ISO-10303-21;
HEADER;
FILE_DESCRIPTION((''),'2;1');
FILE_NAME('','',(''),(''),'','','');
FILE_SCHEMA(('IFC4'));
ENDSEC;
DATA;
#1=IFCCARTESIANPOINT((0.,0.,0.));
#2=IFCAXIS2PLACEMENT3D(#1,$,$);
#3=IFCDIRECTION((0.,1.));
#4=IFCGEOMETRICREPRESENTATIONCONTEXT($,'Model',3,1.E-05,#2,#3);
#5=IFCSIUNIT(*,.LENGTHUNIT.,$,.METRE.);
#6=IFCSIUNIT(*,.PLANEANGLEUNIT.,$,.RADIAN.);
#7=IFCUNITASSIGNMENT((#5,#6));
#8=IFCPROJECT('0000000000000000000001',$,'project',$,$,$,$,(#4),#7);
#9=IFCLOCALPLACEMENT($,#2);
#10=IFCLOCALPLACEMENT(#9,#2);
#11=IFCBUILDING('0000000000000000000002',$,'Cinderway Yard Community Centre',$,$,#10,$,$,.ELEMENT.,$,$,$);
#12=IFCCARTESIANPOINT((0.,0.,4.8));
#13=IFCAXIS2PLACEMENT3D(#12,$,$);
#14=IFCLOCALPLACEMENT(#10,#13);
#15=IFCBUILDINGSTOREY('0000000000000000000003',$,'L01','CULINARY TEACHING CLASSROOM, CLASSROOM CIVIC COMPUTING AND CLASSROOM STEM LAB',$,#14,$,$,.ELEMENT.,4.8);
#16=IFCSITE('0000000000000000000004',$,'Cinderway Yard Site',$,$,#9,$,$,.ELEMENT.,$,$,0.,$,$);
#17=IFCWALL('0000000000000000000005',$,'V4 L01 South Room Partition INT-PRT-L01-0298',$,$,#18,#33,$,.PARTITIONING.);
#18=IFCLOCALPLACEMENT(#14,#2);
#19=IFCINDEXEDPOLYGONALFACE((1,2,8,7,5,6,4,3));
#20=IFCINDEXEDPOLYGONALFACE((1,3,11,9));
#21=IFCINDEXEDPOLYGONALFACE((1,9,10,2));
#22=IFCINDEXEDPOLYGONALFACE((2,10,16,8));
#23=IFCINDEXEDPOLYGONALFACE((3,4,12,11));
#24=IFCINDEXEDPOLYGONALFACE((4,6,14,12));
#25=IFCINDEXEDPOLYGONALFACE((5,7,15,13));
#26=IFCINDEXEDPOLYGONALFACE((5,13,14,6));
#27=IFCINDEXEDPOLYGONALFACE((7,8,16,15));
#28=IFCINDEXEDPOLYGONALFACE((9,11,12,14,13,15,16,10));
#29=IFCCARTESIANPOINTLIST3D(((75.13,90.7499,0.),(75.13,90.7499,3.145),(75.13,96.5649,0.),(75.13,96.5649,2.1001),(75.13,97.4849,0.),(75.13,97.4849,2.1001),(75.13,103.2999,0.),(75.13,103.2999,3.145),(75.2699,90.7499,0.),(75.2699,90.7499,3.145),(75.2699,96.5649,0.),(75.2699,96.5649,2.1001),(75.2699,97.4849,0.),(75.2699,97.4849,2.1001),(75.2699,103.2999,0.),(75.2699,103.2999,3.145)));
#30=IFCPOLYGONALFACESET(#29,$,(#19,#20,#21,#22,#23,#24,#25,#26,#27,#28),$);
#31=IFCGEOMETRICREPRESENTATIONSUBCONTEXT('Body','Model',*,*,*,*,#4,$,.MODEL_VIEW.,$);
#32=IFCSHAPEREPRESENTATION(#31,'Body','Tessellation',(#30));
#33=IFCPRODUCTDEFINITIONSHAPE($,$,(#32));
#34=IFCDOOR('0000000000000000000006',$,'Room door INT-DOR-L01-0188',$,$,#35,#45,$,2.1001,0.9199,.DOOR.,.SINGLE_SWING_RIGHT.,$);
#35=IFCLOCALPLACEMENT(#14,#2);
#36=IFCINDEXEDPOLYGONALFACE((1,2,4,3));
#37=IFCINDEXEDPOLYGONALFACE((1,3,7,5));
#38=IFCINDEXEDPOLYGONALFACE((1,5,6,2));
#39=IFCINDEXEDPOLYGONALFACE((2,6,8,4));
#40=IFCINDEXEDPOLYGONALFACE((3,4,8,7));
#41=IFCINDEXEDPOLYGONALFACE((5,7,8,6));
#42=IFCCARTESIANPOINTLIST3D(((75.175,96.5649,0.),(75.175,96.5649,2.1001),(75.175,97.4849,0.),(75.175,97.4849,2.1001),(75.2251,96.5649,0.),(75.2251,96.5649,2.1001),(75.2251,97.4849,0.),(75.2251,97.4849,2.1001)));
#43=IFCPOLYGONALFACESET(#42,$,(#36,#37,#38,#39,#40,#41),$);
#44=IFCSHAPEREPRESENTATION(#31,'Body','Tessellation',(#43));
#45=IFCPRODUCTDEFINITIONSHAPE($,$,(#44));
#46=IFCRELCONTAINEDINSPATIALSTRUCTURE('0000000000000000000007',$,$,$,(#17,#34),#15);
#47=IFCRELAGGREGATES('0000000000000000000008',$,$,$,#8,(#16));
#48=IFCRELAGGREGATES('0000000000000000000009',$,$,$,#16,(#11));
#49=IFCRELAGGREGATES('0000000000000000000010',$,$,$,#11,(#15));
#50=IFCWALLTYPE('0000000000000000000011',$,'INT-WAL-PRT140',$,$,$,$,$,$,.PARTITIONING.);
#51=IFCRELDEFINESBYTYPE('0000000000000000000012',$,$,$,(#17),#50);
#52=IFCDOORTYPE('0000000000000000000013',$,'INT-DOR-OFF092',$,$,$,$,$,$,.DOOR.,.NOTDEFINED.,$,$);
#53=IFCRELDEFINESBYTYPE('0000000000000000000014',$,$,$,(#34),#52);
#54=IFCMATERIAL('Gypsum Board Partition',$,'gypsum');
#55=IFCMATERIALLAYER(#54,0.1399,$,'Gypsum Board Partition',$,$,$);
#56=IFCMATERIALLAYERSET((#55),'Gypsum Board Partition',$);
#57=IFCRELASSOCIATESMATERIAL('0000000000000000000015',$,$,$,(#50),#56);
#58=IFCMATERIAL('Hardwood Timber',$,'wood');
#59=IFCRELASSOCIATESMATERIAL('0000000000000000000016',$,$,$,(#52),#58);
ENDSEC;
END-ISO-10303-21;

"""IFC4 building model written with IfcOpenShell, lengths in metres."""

from ifc_helpers import new_model, si_unit, direction, frame, frame_2d, origin, place, context, subcontext, project, spatial, rectangle, extrude, material, layer, layer_set, type_object, element, fill, save


model = new_model("IFC4")

# Units and contexts
model_context = context("Model", 3, precision=1e-05, world=origin(), true_north=direction((0.0, 1.0)))
body_context = subcontext(model_context, "Body", "Model", "MODEL_VIEW")
ifc_project = project(units=[si_unit("LENGTHUNIT", "METRE"), si_unit("PLANEANGLEUNIT", "RADIAN")], contexts=[model_context])

# Site, building, storey
site_placement = place(None, origin())
site = spatial("IfcSite", under=ifc_project, at=site_placement, Name="Cinderway Yard Site", CompositionType="ELEMENT", RefElevation=0.0)
building_placement = place(site_placement, origin())
building = spatial("IfcBuilding", under=site, at=building_placement, Name="Cinderway Yard Community Centre", CompositionType="ELEMENT")
storey_placement = place(building_placement, frame((0.0, 0.0, 4.8)))
storey = spatial("IfcBuildingStorey", under=building, at=storey_placement, Name="L01", Description="CULINARY TEACHING CLASSROOM, CLASSROOM CIVIC COMPUTING AND CLASSROOM STEM LAB", CompositionType="ELEMENT", Elevation=4.8)

# Wall, opening, door
ifc_material_1 = material(Name="Gypsum Board Partition", Category="gypsum")
ifc_layer = layer(ifc_material_1, 0.1399, Name="Gypsum Board Partition")
ifc_layer_set = layer_set([ifc_layer], Name="Gypsum Board Partition")
wall_type = type_object("IfcWallType", Name="INT-WAL-PRT140", PredefinedType="PARTITIONING", material=ifc_layer_set)
wall_placement = place(storey_placement, frame((75.2, 90.75, 0.0), z_axis=(0.0, 0.0, 1.0), x_axis=(0.0, 1.0, 0.0)))
wall = element("IfcWall", 1, at=wall_placement, inside=storey, type_object=wall_type, Name="V4 L01 South Room Partition INT-PRT-L01-0298", PredefinedType="PARTITIONING", context=body_context, shape_type="SweptSolid", body=[
    extrude(rectangle(XDim=12.55, YDim=0.1399, at=frame_2d((6.2749, 0.0))), origin(), (0.0, 0.0, 1.0), 3.145),
])
opening_placement = place(wall_placement, frame((5.8149, 0.0, 0.0)))
opening = element("IfcOpeningElement", 2, at=opening_placement, cuts=wall, PredefinedType="OPENING", context=body_context, shape_type="SweptSolid", body=[
    extrude(rectangle(XDim=0.9199, YDim=2.1001, at=frame_2d((0.46, 1.05))), frame((0.0, 0.0798, 0.0), z_axis=(0.0, -1.0, 0.0), x_axis=(1.0, 0.0, 0.0)), (0.0, 0.0, 1.0), 0.1599),
])
ifc_material_2 = material(Name="Hardwood Timber", Category="wood")
door_type = type_object("IfcDoorType", Name="INT-DOR-OFF092", OperationType="NOTDEFINED", PredefinedType="DOOR", material=ifc_material_2)
door_placement = place(opening_placement, origin())
door = element("IfcDoor", 3, at=door_placement, inside=storey, type_object=door_type, Name="Room door INT-DOR-L01-0188", OperationType="SINGLE_SWING_RIGHT", OverallHeight=2.1001, OverallWidth=0.9199, PredefinedType="DOOR", context=body_context, shape_type="SweptSolid", body=[
    extrude(rectangle(XDim=0.9199, YDim=2.1001, at=frame_2d((0.46, 1.05))), frame((0.0, 0.0249, 0.0), z_axis=(0.0, -1.0, 0.0), x_axis=(1.0, 0.0, 0.0)), (0.0, 0.0, 1.0), 0.05),
])
fill(opening, door)

save(model, "model.ifc")
